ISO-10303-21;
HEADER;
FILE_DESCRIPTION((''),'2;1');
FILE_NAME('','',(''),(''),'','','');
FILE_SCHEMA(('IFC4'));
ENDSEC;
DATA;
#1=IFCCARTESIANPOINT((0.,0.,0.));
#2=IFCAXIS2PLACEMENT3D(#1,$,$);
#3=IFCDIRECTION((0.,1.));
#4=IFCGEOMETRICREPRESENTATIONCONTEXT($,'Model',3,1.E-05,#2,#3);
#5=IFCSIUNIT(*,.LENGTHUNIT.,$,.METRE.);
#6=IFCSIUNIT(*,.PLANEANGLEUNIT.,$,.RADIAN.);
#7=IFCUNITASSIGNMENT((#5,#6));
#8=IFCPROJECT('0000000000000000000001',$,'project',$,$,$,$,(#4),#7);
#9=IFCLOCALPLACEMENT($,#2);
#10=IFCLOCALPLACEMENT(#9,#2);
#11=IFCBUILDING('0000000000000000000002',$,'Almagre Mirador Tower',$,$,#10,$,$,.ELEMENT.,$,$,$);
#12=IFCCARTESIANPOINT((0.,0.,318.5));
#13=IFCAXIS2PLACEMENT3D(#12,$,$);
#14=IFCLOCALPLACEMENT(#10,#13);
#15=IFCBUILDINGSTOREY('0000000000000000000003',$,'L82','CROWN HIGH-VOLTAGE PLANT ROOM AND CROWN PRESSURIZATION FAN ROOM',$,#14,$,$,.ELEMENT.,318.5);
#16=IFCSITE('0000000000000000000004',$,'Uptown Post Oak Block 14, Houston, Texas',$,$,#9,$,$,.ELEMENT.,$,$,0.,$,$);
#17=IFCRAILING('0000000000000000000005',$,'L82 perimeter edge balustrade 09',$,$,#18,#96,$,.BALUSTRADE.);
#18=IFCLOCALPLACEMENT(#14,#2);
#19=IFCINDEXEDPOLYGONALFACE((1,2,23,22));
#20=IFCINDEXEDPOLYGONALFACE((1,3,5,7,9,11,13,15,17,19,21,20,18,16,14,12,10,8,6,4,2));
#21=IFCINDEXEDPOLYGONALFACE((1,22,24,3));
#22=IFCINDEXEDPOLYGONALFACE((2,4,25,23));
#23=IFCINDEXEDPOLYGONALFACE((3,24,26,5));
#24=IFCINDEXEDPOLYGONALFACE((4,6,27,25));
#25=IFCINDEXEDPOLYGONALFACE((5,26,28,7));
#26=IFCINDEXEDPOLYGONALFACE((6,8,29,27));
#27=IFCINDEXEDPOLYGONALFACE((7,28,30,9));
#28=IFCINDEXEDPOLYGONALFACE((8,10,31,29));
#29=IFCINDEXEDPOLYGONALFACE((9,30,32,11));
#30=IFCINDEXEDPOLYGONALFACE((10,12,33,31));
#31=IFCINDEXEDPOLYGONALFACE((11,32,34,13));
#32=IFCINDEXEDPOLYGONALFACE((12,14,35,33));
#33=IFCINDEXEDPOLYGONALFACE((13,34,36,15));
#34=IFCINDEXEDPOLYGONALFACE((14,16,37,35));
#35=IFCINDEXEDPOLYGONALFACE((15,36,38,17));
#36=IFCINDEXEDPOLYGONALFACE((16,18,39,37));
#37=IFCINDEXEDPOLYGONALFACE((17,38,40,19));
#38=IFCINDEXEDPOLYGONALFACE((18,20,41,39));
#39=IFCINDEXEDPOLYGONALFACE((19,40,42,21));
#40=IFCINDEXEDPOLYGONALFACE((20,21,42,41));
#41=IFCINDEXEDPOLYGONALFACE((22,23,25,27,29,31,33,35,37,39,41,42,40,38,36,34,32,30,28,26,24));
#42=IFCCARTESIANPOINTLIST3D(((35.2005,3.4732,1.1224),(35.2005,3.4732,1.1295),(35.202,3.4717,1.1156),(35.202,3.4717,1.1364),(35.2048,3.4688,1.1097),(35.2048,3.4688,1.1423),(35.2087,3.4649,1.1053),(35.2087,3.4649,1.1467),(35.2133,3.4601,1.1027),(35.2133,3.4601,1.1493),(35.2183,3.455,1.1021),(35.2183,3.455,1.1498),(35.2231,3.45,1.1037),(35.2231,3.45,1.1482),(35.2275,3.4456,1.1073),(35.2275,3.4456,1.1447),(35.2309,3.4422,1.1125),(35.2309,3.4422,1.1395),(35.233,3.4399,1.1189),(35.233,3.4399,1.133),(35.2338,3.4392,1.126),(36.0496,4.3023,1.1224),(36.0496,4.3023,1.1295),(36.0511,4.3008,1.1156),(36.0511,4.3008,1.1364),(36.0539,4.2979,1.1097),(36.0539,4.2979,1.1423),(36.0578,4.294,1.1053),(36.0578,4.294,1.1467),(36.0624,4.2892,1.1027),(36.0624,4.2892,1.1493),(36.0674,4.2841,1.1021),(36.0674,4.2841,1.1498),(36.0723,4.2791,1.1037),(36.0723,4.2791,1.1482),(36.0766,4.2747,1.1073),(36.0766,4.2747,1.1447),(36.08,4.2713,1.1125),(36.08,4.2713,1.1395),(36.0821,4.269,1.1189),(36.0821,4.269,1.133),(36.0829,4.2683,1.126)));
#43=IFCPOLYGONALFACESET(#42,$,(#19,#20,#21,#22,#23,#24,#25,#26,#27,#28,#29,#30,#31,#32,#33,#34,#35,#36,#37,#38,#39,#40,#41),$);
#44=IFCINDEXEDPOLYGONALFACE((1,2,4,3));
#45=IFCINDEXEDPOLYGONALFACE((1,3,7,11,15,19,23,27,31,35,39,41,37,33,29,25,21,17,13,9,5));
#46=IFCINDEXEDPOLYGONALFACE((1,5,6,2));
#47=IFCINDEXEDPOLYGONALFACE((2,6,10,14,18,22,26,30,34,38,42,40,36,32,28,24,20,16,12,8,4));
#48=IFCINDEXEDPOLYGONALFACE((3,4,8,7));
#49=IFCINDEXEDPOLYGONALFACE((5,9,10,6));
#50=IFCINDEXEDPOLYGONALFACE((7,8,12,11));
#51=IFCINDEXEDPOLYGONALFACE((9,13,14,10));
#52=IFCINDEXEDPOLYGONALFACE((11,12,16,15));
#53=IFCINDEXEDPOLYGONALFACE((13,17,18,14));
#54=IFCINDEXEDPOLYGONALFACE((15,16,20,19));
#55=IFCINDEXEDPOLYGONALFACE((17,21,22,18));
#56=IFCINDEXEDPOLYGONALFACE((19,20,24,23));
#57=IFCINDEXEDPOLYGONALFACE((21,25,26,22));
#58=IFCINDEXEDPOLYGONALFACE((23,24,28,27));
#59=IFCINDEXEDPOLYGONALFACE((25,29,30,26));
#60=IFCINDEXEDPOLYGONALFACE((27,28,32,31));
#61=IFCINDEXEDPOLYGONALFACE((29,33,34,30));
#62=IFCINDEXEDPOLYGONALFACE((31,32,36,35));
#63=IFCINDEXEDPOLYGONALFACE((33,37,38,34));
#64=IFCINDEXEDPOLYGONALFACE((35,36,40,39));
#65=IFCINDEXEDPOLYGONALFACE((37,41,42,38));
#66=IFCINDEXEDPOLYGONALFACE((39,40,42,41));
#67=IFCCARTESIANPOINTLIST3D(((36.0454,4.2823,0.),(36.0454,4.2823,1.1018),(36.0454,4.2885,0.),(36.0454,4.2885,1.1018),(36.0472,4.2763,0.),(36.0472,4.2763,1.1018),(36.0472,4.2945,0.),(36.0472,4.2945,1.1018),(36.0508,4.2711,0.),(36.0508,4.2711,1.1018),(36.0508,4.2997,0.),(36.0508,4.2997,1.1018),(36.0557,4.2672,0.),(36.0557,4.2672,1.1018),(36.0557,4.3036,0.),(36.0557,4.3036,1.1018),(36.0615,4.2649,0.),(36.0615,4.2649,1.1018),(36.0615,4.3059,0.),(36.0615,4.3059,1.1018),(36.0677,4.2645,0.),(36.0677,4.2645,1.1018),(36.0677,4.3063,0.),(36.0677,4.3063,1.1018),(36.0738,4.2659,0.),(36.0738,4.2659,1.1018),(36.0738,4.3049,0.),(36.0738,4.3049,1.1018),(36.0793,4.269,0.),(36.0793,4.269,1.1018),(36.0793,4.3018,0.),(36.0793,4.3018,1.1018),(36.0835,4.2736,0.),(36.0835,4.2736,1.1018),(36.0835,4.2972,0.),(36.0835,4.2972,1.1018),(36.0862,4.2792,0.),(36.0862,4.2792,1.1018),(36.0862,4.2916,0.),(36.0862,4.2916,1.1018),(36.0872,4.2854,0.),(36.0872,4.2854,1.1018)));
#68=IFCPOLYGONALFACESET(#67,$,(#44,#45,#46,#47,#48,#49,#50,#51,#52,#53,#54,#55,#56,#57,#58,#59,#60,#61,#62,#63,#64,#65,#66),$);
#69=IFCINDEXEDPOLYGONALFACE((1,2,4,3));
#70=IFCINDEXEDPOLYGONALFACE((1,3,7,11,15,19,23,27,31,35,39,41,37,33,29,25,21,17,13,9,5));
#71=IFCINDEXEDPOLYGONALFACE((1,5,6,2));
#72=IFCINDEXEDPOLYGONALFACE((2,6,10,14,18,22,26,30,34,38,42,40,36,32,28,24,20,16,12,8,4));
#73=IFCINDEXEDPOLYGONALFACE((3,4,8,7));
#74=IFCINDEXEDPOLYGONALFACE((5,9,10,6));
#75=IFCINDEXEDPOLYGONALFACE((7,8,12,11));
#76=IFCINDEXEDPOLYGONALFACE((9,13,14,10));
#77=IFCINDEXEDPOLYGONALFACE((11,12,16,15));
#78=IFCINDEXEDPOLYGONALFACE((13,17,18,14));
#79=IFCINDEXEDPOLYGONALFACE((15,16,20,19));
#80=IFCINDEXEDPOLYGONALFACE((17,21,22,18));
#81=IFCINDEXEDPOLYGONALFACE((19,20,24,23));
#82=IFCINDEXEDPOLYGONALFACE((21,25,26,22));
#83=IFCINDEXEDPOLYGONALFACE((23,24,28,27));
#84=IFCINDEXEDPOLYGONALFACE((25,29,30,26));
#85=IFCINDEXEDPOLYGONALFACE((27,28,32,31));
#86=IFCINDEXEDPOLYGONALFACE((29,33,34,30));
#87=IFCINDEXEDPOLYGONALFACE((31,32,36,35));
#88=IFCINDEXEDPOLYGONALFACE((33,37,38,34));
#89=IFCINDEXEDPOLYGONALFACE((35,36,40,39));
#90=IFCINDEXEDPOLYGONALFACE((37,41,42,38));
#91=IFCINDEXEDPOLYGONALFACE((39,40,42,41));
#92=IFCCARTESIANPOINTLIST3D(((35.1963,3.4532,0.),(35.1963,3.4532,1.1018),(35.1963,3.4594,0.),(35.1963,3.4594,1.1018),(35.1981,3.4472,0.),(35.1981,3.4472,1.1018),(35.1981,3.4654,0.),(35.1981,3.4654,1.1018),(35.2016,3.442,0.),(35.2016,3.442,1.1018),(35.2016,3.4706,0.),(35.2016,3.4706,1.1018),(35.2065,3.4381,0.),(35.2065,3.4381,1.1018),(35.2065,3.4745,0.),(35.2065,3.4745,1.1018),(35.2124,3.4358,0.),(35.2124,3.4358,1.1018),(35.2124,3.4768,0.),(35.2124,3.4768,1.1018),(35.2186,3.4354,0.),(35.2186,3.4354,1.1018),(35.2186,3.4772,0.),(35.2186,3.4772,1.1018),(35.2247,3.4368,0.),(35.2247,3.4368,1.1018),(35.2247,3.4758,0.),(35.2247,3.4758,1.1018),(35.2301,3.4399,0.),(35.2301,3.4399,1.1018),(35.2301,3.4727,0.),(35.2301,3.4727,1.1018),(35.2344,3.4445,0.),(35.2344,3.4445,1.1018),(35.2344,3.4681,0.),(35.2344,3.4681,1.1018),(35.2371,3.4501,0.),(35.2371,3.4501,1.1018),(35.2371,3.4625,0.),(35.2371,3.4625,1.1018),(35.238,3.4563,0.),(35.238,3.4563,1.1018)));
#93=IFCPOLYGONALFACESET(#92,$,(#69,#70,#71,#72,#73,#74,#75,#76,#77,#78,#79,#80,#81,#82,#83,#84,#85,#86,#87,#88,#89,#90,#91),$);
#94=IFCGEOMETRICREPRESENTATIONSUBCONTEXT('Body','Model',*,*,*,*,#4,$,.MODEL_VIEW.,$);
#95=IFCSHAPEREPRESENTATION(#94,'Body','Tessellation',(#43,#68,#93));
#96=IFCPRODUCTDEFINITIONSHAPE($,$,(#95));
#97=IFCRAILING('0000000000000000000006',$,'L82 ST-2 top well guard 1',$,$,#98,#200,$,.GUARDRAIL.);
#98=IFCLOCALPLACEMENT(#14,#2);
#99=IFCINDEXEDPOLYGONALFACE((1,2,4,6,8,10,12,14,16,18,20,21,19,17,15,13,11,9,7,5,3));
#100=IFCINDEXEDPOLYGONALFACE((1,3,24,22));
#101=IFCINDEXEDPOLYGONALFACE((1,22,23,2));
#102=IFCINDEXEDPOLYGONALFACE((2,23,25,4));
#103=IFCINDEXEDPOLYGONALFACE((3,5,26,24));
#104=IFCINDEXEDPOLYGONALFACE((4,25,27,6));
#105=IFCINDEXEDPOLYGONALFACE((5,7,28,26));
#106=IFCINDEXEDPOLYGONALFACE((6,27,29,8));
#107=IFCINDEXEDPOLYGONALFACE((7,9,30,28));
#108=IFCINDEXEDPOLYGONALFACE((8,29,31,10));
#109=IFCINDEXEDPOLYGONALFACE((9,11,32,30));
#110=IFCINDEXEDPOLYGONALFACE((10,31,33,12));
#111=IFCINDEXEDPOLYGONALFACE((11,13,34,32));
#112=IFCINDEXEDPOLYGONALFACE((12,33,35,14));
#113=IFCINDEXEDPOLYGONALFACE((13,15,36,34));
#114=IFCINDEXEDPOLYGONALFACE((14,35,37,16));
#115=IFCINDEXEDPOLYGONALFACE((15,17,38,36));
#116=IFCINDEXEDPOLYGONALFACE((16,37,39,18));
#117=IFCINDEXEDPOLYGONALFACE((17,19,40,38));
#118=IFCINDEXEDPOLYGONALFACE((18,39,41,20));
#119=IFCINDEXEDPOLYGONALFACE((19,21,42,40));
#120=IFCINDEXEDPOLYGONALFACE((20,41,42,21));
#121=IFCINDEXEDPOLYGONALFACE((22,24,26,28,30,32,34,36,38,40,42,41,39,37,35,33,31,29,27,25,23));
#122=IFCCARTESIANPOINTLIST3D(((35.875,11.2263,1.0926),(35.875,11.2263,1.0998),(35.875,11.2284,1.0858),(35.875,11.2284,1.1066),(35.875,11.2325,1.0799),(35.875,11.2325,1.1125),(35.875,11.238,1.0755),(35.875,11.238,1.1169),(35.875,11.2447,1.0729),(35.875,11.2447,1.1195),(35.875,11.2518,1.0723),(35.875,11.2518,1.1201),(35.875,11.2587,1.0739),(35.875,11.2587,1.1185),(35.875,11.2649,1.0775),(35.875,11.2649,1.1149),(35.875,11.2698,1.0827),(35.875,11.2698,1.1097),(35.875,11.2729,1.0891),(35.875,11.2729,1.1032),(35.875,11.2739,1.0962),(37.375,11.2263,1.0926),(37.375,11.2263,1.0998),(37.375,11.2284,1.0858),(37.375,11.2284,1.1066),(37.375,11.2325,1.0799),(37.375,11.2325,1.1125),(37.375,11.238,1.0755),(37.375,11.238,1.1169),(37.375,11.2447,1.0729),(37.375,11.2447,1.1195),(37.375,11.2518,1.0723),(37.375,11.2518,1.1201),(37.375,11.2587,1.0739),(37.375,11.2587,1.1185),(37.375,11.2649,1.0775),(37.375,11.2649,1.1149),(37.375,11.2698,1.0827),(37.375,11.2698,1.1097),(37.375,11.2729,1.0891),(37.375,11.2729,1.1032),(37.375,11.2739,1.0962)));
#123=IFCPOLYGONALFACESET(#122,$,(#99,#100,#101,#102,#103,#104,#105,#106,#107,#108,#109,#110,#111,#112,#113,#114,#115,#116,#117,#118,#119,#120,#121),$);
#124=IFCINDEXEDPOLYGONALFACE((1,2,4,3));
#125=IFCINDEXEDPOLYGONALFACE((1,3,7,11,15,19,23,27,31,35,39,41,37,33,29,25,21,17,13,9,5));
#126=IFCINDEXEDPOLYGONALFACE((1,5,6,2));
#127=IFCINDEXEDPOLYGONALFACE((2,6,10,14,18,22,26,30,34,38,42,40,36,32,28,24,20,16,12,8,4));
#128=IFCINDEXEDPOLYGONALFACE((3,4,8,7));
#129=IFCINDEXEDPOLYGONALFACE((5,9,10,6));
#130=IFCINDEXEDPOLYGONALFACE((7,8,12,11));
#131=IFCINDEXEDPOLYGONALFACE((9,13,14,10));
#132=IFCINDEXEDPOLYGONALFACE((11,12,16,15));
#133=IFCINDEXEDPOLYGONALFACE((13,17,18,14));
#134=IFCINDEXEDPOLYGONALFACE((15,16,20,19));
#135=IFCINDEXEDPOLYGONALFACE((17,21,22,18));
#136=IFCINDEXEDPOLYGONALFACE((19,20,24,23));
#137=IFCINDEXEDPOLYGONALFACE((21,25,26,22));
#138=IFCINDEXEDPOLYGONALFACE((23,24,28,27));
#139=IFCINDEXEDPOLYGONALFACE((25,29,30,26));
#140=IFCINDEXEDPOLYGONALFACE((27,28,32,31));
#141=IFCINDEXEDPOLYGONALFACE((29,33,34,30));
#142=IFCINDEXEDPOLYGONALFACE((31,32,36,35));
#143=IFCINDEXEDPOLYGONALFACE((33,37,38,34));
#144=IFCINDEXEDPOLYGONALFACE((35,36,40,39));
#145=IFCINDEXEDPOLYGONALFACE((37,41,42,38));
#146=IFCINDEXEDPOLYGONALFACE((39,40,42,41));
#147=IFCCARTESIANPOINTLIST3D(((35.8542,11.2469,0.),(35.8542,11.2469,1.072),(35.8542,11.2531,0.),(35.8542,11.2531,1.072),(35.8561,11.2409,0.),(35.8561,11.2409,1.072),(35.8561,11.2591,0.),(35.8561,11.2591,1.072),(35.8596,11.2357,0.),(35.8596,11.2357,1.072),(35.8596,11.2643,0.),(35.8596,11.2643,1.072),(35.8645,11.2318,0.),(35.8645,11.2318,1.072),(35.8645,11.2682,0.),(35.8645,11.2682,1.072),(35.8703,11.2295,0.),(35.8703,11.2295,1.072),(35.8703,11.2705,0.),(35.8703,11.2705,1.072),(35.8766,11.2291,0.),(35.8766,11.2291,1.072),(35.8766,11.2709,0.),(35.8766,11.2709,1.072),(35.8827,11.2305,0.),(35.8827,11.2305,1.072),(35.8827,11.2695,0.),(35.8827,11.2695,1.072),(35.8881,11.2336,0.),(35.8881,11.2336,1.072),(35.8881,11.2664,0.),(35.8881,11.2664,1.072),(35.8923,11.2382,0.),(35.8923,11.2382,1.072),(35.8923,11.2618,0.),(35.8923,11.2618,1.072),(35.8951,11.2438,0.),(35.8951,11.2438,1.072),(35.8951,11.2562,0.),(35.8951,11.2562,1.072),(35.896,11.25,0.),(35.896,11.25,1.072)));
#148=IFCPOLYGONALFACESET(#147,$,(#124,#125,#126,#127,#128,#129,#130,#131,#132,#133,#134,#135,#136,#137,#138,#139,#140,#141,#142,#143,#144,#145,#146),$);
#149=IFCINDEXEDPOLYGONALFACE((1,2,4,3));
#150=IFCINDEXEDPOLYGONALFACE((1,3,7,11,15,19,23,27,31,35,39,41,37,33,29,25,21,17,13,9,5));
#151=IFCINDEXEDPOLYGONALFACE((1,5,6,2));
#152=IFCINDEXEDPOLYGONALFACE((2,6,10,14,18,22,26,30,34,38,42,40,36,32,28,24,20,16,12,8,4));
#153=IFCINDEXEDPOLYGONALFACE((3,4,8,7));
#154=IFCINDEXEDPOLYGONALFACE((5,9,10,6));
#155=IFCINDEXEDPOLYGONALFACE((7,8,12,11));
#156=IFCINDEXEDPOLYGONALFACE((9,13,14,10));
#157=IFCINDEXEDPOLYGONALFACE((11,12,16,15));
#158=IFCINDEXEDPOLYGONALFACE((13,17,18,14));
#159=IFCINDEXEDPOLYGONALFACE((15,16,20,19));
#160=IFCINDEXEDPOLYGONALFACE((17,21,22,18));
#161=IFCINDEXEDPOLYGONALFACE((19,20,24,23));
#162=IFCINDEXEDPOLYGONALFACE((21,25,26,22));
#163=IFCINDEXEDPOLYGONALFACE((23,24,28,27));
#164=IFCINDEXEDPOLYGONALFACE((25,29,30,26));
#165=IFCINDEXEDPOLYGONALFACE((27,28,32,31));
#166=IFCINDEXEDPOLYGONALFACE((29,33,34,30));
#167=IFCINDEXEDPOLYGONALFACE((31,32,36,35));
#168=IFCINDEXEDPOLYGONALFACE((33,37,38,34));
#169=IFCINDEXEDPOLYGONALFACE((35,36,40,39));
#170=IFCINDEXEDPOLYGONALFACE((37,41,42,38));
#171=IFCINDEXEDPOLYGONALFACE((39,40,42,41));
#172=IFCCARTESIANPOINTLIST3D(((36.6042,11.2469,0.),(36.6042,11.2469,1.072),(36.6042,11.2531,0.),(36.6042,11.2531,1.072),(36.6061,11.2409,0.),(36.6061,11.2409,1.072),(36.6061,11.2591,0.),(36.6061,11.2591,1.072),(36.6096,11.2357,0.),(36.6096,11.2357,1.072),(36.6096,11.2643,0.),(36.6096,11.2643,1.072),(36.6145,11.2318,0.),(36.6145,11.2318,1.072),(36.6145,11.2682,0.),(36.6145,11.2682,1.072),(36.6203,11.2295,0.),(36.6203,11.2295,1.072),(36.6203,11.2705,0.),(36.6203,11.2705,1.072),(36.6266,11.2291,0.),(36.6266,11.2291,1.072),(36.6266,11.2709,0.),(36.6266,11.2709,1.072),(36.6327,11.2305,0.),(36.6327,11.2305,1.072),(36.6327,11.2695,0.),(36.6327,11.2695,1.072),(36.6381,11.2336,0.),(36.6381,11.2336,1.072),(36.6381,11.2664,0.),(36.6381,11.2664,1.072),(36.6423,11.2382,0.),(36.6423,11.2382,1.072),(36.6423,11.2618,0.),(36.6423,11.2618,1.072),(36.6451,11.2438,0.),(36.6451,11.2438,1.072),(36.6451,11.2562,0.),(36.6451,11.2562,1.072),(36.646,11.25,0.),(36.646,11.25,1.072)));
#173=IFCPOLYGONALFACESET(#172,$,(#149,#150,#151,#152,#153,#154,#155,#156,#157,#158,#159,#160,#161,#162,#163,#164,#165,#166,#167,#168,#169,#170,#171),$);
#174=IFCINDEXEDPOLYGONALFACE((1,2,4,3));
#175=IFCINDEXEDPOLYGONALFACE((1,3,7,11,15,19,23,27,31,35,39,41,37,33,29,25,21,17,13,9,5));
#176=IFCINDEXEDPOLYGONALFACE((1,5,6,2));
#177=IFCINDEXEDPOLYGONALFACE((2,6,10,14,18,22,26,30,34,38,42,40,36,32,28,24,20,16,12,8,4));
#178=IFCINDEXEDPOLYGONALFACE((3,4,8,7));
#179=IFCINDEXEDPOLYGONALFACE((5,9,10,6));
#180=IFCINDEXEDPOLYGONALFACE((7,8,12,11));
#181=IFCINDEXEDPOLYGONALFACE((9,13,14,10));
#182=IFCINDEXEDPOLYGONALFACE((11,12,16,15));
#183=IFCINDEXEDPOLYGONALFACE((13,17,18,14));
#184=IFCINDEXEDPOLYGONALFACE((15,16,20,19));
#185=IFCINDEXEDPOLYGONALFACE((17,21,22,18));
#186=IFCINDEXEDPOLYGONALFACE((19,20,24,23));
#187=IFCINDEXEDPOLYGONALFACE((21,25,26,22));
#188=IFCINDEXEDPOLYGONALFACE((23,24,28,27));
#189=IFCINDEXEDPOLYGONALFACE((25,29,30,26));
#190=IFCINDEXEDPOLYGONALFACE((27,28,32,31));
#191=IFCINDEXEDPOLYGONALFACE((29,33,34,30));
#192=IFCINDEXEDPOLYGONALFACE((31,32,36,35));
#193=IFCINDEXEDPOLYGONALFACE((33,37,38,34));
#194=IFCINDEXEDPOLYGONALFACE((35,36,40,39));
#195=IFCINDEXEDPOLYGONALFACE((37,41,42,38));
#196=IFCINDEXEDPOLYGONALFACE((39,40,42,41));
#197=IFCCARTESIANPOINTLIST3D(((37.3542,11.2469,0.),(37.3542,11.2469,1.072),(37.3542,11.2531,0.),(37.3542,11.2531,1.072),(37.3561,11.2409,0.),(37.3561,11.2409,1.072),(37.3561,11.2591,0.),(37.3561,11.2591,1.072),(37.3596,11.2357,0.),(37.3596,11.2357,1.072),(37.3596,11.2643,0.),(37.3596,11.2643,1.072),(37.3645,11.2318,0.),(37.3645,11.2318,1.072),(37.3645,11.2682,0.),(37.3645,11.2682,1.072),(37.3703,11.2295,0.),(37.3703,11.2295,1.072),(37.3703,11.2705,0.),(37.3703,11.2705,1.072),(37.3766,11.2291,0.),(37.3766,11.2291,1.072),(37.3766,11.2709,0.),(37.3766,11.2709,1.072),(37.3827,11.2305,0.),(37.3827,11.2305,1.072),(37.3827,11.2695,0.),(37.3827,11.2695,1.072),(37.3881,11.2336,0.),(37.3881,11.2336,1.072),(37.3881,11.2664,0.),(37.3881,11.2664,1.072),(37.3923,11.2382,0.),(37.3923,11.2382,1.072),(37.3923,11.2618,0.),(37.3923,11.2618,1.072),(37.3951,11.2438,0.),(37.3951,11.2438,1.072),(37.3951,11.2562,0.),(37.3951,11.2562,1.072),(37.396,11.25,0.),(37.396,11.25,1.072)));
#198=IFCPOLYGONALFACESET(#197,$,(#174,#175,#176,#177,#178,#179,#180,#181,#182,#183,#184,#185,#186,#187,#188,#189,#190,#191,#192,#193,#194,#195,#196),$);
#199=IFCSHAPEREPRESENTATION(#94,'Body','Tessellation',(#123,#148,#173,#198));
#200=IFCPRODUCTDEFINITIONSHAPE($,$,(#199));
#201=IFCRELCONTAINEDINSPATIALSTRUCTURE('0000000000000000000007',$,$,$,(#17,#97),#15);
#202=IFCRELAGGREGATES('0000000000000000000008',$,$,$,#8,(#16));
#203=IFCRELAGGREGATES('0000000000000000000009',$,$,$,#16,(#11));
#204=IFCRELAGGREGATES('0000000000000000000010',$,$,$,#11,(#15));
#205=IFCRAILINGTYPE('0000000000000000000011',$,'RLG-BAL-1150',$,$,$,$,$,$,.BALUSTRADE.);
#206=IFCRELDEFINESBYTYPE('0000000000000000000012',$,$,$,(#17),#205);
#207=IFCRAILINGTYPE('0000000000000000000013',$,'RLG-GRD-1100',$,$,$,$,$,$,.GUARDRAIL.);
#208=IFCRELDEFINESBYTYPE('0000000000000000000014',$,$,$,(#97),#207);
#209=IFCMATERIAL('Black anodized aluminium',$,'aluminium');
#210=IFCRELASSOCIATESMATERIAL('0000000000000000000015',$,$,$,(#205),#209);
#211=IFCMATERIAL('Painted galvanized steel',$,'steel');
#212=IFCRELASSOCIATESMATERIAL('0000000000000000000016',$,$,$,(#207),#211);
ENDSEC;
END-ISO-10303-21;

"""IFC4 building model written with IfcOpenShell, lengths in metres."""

from ifc_helpers import new_model, si_unit, direction, frame, origin, origin_2d, place, context, subcontext, project, spatial, circle, extrude, material, type_object, element, save


model = new_model("IFC4")

# Units and contexts
model_context = context("Model", 3, precision=1e-05, world=origin(), true_north=direction((0.0, 1.0)))
body_context = subcontext(model_context, "Body", "Model", "MODEL_VIEW")
ifc_project = project(units=[si_unit("LENGTHUNIT", "METRE"), si_unit("PLANEANGLEUNIT", "RADIAN")], contexts=[model_context])

# Site, building, storey
site_placement = place(None, origin())
site = spatial("IfcSite", under=ifc_project, at=site_placement, Name="Uptown Post Oak Block 14, Houston, Texas", CompositionType="ELEMENT", RefElevation=0.0)
building_placement = place(site_placement, origin())
building = spatial("IfcBuilding", under=site, at=building_placement, Name="Almagre Mirador Tower", CompositionType="ELEMENT")
storey_placement = place(building_placement, frame((0.0, 0.0, 318.5)))
storey = spatial("IfcBuildingStorey", under=building, at=storey_placement, Name="L82", Description="CROWN HIGH-VOLTAGE PLANT ROOM AND CROWN PRESSURIZATION FAN ROOM", CompositionType="ELEMENT", Elevation=318.5)

# Railings
ifc_material_1 = material(Name="Black anodized aluminium", Category="aluminium")
railing_type_1 = type_object("IfcRailingType", Name="RLG-BAL-1150", PredefinedType="BALUSTRADE", material=ifc_material_1)
railing_1_placement = place(storey_placement, frame((36.0662, 4.2854, 0.0)))
element("IfcRailing", 1, at=railing_1_placement, inside=storey, type_object=railing_type_1, Name="L82 perimeter edge balustrade 09", PredefinedType="BALUSTRADE", context=body_context, shape_type="SweptSolid", body=[
    extrude(circle(Radius=0.0239, at=origin_2d()), frame((0.0, 0.0, 1.126), z_axis=(-0.715491, -0.698622, 0.0), x_axis=(0.698622, -0.715491, 0.0)), (0.0, 0.0, 1.0), 1.1868),
    extrude(circle(Radius=0.021, at=origin_2d()), origin(), (0.0, 0.0, 1.0), 1.1018),
    extrude(circle(Radius=0.021, at=origin_2d()), frame((-0.8491, -0.8291, 0.0)), (0.0, 0.0, 1.0), 1.1018),
])
ifc_material_2 = material(Name="Painted galvanized steel", Category="steel")
railing_type_2 = type_object("IfcRailingType", Name="RLG-GRD-1100", PredefinedType="GUARDRAIL", material=ifc_material_2)
railing_2_placement = place(storey_placement, frame((35.875, 11.25, 0.0)))
element("IfcRailing", 2, at=railing_2_placement, inside=storey, type_object=railing_type_2, Name="L82 ST-2 top well guard 1", PredefinedType="GUARDRAIL", context=body_context, shape_type="SweptSolid", body=[
    extrude(circle(Radius=0.0239, at=origin_2d()), frame((0.0, 0.0, 1.0962), z_axis=(1.0, 0.0, 0.0), x_axis=(0.0, 1.0, 0.0)), (0.0, 0.0, 1.0), 1.5),
    extrude(circle(Radius=0.021, at=origin_2d()), origin(), (0.0, 0.0, 1.0), 1.072),
    extrude(circle(Radius=0.021, at=origin_2d()), frame((0.75, 0.0, 0.0)), (0.0, 0.0, 1.0), 1.072),
    extrude(circle(Radius=0.021, at=origin_2d()), frame((1.5, 0.0, 0.0)), (0.0, 0.0, 1.0), 1.072),
])

save(model, "model.ifc")
